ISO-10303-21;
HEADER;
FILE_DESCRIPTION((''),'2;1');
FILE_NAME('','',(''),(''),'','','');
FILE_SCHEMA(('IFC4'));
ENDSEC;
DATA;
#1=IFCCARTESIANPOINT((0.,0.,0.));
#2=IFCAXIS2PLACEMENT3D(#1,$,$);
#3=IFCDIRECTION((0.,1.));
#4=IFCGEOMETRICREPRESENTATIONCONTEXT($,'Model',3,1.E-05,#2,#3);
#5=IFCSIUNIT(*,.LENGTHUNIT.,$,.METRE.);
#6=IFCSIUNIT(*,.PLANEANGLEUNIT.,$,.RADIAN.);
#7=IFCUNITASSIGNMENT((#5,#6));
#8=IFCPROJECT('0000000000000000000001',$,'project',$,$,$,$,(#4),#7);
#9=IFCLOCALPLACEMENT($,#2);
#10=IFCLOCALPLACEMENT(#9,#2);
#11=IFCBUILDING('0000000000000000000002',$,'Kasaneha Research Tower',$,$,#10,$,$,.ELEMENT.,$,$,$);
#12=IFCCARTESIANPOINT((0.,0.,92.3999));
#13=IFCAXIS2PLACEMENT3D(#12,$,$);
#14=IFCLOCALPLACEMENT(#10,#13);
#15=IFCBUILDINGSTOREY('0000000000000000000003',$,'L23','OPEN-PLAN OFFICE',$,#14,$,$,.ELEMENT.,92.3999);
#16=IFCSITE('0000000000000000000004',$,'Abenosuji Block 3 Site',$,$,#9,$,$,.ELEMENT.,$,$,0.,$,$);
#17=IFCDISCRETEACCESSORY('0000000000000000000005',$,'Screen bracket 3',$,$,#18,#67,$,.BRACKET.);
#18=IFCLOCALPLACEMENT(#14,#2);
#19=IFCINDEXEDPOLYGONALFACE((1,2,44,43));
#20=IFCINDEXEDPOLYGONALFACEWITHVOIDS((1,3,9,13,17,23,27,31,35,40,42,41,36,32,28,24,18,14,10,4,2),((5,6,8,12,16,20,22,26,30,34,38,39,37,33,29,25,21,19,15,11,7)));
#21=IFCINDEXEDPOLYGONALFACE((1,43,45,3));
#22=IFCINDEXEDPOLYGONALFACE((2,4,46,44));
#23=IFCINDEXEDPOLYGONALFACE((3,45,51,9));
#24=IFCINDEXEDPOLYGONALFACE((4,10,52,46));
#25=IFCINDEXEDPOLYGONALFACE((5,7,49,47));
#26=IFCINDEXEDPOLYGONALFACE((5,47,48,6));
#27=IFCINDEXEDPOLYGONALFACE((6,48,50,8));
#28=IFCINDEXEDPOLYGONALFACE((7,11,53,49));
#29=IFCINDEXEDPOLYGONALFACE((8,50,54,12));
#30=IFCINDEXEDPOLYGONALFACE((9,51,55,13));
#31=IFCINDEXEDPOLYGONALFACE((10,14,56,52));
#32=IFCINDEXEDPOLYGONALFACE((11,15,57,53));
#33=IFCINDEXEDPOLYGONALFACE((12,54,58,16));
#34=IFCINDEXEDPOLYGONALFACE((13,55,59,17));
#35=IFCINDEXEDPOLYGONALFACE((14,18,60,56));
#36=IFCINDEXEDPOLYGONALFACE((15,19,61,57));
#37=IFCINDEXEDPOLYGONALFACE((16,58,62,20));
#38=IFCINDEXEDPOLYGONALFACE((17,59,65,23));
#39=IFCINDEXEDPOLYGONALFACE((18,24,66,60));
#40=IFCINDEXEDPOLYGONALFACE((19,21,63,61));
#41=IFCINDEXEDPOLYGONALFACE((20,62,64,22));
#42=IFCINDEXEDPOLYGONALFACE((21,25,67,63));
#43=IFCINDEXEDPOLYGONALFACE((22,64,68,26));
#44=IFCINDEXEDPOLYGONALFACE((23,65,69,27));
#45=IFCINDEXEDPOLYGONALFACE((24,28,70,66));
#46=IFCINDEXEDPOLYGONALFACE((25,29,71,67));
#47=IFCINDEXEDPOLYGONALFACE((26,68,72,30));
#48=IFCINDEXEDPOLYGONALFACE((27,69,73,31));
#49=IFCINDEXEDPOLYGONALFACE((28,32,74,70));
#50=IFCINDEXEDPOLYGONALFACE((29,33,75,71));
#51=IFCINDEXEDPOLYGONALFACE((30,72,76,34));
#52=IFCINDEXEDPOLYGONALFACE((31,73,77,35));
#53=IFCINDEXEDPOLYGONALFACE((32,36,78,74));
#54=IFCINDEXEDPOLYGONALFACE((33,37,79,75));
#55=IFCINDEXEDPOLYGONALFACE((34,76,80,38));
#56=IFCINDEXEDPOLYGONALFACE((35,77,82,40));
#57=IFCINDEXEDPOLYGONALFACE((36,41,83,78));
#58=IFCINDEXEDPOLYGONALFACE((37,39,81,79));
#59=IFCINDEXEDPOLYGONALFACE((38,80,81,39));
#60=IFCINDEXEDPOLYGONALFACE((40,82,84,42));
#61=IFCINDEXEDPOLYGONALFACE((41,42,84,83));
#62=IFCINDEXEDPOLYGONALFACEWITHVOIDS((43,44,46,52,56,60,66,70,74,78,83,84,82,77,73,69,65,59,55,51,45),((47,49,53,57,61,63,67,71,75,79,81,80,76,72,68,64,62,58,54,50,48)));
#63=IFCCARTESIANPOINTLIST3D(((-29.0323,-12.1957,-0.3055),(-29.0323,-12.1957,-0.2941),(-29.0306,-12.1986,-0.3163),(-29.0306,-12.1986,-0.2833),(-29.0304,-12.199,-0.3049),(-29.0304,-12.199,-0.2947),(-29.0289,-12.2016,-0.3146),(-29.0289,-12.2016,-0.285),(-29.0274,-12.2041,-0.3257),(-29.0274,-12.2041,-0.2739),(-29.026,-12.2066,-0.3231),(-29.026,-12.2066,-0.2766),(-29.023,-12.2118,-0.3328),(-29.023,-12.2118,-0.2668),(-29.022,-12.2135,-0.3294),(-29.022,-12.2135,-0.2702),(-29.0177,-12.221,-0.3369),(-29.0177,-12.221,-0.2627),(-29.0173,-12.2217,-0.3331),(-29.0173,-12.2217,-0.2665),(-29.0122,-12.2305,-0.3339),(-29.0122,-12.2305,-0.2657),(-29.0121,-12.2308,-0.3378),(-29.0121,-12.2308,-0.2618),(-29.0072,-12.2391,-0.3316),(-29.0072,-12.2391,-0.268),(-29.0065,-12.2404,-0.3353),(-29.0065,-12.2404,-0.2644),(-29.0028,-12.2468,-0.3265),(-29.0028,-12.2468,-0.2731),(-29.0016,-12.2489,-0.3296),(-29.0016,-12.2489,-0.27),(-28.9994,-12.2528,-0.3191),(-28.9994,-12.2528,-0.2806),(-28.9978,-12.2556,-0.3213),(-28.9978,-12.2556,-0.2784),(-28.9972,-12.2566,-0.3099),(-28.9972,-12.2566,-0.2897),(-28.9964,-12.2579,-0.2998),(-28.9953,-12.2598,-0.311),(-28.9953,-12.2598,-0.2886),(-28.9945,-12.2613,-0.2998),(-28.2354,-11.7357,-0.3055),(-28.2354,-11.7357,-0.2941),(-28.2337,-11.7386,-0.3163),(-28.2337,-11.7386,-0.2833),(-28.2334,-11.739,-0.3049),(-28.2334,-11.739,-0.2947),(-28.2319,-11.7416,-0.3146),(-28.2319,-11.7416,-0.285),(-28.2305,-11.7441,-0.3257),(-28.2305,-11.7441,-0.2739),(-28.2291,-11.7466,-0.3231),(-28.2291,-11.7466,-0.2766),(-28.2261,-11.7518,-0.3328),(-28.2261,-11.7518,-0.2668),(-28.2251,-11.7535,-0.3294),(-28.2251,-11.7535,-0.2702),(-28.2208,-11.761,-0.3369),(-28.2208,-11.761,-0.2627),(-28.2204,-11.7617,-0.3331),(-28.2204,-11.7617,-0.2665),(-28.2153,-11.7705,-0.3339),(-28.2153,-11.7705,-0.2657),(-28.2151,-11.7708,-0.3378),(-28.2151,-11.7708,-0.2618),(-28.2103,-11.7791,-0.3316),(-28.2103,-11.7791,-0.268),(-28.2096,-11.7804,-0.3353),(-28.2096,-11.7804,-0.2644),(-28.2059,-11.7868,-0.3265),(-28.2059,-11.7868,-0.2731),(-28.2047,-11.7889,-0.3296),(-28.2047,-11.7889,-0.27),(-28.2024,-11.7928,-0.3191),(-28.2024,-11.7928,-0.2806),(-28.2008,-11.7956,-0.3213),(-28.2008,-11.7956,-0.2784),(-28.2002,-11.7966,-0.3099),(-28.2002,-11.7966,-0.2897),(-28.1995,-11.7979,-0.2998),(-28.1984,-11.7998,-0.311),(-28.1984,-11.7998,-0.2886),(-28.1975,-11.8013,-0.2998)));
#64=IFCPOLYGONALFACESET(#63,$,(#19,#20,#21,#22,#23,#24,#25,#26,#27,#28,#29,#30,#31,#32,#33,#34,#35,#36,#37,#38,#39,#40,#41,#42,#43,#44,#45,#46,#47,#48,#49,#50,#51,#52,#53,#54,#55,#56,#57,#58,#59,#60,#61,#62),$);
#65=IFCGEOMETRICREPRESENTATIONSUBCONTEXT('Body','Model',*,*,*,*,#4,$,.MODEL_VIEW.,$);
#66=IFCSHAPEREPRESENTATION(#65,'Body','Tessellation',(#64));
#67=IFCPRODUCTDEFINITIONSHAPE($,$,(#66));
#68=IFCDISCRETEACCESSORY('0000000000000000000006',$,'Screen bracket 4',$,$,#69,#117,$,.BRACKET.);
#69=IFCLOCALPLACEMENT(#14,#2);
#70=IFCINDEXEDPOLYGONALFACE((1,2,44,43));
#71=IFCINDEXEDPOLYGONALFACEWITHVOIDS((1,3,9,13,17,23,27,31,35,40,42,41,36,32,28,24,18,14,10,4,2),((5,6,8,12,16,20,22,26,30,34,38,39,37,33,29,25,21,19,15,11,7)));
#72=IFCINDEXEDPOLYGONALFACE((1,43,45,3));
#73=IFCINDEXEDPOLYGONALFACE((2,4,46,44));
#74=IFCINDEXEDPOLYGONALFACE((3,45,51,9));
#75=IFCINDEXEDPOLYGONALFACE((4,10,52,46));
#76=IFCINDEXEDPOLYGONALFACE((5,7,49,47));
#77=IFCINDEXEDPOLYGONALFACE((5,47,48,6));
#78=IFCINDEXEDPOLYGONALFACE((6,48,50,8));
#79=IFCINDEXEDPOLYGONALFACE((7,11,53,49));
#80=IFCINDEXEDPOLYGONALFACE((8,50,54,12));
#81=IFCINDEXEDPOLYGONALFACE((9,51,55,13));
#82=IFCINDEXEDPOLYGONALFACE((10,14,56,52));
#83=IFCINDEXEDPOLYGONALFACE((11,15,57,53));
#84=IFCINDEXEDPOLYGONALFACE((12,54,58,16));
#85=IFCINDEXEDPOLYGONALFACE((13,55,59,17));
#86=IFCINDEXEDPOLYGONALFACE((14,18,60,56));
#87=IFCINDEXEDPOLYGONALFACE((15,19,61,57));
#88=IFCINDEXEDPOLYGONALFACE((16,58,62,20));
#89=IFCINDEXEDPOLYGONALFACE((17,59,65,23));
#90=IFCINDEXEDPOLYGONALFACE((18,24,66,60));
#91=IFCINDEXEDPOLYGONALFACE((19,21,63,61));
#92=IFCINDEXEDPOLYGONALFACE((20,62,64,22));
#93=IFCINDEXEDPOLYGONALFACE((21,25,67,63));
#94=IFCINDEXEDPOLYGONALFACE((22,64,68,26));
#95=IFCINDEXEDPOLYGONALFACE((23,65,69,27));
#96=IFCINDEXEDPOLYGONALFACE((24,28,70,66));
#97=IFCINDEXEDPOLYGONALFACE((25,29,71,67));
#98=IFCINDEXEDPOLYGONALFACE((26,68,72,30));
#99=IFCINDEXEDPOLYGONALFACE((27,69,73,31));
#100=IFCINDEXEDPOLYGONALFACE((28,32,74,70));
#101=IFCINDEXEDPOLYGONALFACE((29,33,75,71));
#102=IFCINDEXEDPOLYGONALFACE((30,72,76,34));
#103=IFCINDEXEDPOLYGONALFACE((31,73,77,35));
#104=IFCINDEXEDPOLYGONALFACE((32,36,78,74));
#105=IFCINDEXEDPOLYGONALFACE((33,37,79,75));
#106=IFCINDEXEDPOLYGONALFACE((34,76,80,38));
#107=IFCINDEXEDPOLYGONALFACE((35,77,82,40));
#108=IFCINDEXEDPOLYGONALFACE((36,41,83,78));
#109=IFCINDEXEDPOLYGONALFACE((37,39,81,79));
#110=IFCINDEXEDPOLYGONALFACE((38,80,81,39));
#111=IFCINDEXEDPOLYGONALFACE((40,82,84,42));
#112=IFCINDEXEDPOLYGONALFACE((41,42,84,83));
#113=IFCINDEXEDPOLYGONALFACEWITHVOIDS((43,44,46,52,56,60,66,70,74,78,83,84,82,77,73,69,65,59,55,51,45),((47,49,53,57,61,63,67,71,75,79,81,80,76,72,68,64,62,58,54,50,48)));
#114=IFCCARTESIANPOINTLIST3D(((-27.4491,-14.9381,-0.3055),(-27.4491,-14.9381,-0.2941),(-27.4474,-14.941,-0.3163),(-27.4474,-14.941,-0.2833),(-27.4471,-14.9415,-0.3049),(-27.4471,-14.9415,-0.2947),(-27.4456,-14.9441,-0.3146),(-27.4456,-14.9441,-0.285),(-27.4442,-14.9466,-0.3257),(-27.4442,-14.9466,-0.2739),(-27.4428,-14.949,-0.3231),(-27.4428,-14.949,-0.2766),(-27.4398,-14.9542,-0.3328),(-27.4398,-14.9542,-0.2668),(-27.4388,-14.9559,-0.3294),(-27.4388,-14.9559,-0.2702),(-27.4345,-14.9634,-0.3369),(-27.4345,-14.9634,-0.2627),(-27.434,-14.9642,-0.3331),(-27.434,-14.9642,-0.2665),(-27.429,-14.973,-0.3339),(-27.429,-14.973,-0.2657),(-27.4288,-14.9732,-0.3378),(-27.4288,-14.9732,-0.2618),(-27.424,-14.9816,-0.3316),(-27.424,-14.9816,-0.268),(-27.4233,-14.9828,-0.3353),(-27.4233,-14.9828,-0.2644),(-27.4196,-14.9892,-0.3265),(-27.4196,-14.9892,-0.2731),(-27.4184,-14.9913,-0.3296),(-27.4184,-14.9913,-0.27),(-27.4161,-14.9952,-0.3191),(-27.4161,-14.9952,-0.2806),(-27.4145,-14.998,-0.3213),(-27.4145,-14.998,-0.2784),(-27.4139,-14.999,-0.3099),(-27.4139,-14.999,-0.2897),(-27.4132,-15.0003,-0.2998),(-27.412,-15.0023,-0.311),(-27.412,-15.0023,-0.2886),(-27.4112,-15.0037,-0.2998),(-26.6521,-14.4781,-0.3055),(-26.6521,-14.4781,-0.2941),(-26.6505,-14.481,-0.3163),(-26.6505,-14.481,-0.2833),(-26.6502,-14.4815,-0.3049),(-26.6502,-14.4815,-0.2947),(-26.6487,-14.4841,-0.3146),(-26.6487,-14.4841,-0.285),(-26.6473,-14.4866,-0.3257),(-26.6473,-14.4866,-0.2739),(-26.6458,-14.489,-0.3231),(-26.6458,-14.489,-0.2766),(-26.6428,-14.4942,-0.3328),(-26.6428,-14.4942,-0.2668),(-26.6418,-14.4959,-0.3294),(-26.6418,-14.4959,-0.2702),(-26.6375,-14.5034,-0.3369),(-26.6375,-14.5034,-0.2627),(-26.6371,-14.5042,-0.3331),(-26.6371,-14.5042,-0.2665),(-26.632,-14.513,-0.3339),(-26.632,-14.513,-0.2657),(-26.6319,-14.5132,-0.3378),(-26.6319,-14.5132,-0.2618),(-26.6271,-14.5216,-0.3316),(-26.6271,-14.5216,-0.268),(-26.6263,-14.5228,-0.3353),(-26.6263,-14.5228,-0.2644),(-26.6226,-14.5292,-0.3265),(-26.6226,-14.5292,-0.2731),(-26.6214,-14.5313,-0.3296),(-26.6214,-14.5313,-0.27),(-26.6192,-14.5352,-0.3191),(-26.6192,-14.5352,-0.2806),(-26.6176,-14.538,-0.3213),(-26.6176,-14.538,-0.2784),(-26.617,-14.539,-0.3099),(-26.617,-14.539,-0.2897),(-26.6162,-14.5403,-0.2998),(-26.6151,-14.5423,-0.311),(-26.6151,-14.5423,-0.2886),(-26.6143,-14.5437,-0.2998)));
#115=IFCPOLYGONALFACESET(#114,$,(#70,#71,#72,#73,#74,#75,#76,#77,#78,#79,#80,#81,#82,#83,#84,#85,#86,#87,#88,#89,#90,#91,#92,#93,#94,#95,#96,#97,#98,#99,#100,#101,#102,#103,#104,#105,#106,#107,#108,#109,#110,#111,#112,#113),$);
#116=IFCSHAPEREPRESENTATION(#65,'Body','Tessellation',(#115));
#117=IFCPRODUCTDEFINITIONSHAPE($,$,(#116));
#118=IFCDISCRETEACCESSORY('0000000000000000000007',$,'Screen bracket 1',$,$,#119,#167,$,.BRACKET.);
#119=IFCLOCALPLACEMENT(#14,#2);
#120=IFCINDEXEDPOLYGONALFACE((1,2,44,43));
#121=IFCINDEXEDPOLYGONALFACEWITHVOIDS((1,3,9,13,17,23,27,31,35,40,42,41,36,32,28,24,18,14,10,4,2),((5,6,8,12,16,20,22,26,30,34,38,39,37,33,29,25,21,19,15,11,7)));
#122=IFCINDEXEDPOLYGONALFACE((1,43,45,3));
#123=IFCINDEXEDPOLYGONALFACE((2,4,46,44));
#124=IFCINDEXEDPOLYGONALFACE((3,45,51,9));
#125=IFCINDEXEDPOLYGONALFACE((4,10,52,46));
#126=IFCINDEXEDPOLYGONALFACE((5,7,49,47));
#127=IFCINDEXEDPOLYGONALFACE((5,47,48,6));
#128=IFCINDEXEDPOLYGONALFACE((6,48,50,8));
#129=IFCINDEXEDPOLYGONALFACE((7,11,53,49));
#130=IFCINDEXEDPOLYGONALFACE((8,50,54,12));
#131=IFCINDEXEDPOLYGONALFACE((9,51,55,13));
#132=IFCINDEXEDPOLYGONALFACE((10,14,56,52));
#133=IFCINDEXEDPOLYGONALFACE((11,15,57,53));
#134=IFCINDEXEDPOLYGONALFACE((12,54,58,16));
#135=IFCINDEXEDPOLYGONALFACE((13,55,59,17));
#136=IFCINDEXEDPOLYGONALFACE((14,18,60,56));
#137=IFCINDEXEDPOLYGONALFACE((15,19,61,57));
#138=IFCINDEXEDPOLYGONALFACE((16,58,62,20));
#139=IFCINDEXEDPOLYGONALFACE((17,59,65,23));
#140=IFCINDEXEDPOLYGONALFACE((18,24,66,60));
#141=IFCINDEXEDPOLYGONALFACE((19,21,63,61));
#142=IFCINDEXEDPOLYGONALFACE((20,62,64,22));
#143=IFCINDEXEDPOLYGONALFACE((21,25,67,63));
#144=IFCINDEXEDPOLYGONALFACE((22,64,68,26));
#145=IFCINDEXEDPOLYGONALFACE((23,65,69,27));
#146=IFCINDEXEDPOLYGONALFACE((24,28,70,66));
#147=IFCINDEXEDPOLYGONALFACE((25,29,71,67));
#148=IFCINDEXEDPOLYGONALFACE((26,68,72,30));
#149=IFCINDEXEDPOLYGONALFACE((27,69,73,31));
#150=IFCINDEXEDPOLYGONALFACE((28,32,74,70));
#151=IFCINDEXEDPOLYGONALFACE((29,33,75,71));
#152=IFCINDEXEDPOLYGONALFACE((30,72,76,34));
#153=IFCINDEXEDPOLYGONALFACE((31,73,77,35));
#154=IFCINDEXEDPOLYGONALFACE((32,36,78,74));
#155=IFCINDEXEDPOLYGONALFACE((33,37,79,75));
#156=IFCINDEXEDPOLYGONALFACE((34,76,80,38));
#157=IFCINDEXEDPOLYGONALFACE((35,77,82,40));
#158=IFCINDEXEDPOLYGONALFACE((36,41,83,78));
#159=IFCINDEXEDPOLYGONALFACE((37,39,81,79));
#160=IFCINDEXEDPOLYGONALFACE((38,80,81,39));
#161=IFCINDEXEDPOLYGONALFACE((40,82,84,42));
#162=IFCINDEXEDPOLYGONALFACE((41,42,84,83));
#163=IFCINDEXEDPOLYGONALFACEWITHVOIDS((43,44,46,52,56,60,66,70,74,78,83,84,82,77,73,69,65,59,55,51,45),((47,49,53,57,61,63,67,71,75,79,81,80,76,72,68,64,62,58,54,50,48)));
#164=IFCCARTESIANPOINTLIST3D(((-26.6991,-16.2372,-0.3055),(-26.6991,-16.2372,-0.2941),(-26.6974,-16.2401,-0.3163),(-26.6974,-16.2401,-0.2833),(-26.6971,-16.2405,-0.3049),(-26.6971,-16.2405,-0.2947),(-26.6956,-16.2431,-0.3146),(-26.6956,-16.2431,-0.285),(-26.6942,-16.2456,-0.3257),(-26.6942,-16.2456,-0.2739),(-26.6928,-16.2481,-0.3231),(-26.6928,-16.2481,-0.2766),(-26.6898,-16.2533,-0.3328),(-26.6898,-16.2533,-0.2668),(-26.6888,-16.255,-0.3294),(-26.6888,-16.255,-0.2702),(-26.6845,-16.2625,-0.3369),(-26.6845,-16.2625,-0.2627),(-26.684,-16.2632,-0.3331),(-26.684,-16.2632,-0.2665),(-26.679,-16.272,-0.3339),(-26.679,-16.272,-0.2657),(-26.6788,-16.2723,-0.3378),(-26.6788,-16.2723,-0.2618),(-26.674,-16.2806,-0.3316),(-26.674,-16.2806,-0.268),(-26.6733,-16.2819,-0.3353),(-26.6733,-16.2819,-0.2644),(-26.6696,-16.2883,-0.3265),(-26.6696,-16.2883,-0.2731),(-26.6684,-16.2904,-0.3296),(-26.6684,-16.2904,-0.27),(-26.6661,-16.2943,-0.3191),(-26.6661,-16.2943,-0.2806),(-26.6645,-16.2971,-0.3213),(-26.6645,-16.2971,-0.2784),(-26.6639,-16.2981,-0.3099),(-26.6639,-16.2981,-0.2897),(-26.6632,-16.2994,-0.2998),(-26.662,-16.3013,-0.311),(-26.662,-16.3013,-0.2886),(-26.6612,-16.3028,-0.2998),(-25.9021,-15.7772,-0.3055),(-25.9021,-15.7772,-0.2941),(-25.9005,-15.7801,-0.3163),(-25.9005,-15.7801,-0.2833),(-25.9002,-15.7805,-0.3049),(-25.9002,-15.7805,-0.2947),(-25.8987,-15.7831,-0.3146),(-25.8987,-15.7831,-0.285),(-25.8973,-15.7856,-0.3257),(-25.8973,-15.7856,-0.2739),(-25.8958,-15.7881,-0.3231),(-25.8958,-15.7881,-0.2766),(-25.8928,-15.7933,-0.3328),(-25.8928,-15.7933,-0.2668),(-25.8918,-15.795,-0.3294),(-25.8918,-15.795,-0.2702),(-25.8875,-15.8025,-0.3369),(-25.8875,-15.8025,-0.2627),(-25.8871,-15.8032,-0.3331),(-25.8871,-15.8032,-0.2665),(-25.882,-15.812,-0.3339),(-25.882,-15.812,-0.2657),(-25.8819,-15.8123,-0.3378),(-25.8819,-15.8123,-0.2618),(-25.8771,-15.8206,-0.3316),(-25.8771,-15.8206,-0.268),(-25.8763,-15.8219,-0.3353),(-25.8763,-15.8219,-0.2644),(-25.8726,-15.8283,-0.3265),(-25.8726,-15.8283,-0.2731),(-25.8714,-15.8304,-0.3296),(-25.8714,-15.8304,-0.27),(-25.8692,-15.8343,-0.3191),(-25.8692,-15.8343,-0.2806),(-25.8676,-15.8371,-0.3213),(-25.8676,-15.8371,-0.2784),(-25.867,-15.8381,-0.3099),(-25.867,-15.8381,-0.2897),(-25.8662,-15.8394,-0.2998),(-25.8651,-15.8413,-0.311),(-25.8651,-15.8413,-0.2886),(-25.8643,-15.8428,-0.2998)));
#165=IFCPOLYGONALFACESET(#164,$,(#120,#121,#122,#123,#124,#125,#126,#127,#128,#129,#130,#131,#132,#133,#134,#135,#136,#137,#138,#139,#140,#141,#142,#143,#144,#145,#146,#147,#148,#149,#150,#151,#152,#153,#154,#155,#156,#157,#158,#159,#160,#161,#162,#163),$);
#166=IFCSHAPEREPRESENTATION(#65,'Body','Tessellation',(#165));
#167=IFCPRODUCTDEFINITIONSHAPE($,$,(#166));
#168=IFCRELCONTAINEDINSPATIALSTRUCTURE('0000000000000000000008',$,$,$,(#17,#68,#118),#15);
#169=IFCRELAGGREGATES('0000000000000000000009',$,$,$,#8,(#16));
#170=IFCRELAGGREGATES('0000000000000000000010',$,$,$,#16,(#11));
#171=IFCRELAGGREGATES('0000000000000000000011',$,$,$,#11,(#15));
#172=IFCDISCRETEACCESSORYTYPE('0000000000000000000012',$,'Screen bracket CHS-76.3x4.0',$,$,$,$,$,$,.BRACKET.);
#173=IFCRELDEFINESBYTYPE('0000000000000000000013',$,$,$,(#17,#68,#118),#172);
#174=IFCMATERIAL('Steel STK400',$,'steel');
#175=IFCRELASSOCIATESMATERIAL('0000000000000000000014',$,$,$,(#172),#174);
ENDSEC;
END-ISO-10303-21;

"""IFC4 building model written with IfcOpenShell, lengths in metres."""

from ifc_helpers import new_model, si_unit, direction, frame, origin, origin_2d, place, context, subcontext, project, spatial, hollow_circle, extrude, material, material_profile, profile_set, type_object, element, save


model = new_model("IFC4")

# Units and contexts
model_context = context("Model", 3, precision=1e-05, world=origin(), true_north=direction((0.0, 1.0)))
body_context = subcontext(model_context, "Body", "Model", "MODEL_VIEW")
ifc_project = project(units=[si_unit("LENGTHUNIT", "METRE"), si_unit("PLANEANGLEUNIT", "RADIAN")], contexts=[model_context])

# Site, building, storey
site_placement = place(None, origin())
site = spatial("IfcSite", under=ifc_project, at=site_placement, Name="Abenosuji Block 3 Site", CompositionType="ELEMENT", RefElevation=0.0)
building_placement = place(site_placement, origin())
building = spatial("IfcBuilding", under=site, at=building_placement, Name="Kasaneha Research Tower", CompositionType="ELEMENT")
storey_placement = place(building_placement, frame((0.0, 0.0, 92.3999)))
storey = spatial("IfcBuildingStorey", under=building, at=storey_placement, Name="L23", Description="OPEN-PLAN OFFICE", CompositionType="ELEMENT", Elevation=92.3999)

# Discrete accessories
ifc_material_1 = material(Name="Steel STK400", Category="steel")
ifc_material_profile_1 = material_profile(ifc_material_1, hollow_circle(Radius=0.0381, WallThickness=0.0039, at=origin_2d()), Name="CHS-76.3x4.0")
ifc_profile_set_1 = profile_set([ifc_material_profile_1], Name="Steel STK400")
discrete_accessory_type = type_object("IfcDiscreteAccessoryType", Name="Screen bracket CHS-76.3x4.0", PredefinedType="BRACKET", material=ifc_profile_set_1)
for number, where, z_axis, x_axis, name in (
    (1, (-28.2166, -11.7683, -0.2998), (-0.86608, -0.499906, 0.0), (0.499906, -0.86608, 0.0), "Screen bracket 3"),
    (2, (-26.6333, -14.5107, -0.2998), (-0.86608, -0.499906, 0.0), (0.499906, -0.86608, 0.0), "Screen bracket 4"),
    (3, (-25.8833, -15.8098, -0.2998), (-0.86608, -0.499906, 0.0), (0.499906, -0.86608, 0.0), "Screen bracket 1"),
):
    element("IfcDiscreteAccessory", number, at=place(storey_placement, frame(where, z_axis=z_axis, x_axis=x_axis)), inside=storey, type_object=discrete_accessory_type, Name=name, PredefinedType="BRACKET", context=body_context, shape_type="SweptSolid", body=[
        extrude(hollow_circle(Radius=0.0381, WallThickness=0.0039, at=origin_2d()), origin(), (0.0, 0.0, 1.0), 0.9202),
    ])

save(model, "model.ifc")
